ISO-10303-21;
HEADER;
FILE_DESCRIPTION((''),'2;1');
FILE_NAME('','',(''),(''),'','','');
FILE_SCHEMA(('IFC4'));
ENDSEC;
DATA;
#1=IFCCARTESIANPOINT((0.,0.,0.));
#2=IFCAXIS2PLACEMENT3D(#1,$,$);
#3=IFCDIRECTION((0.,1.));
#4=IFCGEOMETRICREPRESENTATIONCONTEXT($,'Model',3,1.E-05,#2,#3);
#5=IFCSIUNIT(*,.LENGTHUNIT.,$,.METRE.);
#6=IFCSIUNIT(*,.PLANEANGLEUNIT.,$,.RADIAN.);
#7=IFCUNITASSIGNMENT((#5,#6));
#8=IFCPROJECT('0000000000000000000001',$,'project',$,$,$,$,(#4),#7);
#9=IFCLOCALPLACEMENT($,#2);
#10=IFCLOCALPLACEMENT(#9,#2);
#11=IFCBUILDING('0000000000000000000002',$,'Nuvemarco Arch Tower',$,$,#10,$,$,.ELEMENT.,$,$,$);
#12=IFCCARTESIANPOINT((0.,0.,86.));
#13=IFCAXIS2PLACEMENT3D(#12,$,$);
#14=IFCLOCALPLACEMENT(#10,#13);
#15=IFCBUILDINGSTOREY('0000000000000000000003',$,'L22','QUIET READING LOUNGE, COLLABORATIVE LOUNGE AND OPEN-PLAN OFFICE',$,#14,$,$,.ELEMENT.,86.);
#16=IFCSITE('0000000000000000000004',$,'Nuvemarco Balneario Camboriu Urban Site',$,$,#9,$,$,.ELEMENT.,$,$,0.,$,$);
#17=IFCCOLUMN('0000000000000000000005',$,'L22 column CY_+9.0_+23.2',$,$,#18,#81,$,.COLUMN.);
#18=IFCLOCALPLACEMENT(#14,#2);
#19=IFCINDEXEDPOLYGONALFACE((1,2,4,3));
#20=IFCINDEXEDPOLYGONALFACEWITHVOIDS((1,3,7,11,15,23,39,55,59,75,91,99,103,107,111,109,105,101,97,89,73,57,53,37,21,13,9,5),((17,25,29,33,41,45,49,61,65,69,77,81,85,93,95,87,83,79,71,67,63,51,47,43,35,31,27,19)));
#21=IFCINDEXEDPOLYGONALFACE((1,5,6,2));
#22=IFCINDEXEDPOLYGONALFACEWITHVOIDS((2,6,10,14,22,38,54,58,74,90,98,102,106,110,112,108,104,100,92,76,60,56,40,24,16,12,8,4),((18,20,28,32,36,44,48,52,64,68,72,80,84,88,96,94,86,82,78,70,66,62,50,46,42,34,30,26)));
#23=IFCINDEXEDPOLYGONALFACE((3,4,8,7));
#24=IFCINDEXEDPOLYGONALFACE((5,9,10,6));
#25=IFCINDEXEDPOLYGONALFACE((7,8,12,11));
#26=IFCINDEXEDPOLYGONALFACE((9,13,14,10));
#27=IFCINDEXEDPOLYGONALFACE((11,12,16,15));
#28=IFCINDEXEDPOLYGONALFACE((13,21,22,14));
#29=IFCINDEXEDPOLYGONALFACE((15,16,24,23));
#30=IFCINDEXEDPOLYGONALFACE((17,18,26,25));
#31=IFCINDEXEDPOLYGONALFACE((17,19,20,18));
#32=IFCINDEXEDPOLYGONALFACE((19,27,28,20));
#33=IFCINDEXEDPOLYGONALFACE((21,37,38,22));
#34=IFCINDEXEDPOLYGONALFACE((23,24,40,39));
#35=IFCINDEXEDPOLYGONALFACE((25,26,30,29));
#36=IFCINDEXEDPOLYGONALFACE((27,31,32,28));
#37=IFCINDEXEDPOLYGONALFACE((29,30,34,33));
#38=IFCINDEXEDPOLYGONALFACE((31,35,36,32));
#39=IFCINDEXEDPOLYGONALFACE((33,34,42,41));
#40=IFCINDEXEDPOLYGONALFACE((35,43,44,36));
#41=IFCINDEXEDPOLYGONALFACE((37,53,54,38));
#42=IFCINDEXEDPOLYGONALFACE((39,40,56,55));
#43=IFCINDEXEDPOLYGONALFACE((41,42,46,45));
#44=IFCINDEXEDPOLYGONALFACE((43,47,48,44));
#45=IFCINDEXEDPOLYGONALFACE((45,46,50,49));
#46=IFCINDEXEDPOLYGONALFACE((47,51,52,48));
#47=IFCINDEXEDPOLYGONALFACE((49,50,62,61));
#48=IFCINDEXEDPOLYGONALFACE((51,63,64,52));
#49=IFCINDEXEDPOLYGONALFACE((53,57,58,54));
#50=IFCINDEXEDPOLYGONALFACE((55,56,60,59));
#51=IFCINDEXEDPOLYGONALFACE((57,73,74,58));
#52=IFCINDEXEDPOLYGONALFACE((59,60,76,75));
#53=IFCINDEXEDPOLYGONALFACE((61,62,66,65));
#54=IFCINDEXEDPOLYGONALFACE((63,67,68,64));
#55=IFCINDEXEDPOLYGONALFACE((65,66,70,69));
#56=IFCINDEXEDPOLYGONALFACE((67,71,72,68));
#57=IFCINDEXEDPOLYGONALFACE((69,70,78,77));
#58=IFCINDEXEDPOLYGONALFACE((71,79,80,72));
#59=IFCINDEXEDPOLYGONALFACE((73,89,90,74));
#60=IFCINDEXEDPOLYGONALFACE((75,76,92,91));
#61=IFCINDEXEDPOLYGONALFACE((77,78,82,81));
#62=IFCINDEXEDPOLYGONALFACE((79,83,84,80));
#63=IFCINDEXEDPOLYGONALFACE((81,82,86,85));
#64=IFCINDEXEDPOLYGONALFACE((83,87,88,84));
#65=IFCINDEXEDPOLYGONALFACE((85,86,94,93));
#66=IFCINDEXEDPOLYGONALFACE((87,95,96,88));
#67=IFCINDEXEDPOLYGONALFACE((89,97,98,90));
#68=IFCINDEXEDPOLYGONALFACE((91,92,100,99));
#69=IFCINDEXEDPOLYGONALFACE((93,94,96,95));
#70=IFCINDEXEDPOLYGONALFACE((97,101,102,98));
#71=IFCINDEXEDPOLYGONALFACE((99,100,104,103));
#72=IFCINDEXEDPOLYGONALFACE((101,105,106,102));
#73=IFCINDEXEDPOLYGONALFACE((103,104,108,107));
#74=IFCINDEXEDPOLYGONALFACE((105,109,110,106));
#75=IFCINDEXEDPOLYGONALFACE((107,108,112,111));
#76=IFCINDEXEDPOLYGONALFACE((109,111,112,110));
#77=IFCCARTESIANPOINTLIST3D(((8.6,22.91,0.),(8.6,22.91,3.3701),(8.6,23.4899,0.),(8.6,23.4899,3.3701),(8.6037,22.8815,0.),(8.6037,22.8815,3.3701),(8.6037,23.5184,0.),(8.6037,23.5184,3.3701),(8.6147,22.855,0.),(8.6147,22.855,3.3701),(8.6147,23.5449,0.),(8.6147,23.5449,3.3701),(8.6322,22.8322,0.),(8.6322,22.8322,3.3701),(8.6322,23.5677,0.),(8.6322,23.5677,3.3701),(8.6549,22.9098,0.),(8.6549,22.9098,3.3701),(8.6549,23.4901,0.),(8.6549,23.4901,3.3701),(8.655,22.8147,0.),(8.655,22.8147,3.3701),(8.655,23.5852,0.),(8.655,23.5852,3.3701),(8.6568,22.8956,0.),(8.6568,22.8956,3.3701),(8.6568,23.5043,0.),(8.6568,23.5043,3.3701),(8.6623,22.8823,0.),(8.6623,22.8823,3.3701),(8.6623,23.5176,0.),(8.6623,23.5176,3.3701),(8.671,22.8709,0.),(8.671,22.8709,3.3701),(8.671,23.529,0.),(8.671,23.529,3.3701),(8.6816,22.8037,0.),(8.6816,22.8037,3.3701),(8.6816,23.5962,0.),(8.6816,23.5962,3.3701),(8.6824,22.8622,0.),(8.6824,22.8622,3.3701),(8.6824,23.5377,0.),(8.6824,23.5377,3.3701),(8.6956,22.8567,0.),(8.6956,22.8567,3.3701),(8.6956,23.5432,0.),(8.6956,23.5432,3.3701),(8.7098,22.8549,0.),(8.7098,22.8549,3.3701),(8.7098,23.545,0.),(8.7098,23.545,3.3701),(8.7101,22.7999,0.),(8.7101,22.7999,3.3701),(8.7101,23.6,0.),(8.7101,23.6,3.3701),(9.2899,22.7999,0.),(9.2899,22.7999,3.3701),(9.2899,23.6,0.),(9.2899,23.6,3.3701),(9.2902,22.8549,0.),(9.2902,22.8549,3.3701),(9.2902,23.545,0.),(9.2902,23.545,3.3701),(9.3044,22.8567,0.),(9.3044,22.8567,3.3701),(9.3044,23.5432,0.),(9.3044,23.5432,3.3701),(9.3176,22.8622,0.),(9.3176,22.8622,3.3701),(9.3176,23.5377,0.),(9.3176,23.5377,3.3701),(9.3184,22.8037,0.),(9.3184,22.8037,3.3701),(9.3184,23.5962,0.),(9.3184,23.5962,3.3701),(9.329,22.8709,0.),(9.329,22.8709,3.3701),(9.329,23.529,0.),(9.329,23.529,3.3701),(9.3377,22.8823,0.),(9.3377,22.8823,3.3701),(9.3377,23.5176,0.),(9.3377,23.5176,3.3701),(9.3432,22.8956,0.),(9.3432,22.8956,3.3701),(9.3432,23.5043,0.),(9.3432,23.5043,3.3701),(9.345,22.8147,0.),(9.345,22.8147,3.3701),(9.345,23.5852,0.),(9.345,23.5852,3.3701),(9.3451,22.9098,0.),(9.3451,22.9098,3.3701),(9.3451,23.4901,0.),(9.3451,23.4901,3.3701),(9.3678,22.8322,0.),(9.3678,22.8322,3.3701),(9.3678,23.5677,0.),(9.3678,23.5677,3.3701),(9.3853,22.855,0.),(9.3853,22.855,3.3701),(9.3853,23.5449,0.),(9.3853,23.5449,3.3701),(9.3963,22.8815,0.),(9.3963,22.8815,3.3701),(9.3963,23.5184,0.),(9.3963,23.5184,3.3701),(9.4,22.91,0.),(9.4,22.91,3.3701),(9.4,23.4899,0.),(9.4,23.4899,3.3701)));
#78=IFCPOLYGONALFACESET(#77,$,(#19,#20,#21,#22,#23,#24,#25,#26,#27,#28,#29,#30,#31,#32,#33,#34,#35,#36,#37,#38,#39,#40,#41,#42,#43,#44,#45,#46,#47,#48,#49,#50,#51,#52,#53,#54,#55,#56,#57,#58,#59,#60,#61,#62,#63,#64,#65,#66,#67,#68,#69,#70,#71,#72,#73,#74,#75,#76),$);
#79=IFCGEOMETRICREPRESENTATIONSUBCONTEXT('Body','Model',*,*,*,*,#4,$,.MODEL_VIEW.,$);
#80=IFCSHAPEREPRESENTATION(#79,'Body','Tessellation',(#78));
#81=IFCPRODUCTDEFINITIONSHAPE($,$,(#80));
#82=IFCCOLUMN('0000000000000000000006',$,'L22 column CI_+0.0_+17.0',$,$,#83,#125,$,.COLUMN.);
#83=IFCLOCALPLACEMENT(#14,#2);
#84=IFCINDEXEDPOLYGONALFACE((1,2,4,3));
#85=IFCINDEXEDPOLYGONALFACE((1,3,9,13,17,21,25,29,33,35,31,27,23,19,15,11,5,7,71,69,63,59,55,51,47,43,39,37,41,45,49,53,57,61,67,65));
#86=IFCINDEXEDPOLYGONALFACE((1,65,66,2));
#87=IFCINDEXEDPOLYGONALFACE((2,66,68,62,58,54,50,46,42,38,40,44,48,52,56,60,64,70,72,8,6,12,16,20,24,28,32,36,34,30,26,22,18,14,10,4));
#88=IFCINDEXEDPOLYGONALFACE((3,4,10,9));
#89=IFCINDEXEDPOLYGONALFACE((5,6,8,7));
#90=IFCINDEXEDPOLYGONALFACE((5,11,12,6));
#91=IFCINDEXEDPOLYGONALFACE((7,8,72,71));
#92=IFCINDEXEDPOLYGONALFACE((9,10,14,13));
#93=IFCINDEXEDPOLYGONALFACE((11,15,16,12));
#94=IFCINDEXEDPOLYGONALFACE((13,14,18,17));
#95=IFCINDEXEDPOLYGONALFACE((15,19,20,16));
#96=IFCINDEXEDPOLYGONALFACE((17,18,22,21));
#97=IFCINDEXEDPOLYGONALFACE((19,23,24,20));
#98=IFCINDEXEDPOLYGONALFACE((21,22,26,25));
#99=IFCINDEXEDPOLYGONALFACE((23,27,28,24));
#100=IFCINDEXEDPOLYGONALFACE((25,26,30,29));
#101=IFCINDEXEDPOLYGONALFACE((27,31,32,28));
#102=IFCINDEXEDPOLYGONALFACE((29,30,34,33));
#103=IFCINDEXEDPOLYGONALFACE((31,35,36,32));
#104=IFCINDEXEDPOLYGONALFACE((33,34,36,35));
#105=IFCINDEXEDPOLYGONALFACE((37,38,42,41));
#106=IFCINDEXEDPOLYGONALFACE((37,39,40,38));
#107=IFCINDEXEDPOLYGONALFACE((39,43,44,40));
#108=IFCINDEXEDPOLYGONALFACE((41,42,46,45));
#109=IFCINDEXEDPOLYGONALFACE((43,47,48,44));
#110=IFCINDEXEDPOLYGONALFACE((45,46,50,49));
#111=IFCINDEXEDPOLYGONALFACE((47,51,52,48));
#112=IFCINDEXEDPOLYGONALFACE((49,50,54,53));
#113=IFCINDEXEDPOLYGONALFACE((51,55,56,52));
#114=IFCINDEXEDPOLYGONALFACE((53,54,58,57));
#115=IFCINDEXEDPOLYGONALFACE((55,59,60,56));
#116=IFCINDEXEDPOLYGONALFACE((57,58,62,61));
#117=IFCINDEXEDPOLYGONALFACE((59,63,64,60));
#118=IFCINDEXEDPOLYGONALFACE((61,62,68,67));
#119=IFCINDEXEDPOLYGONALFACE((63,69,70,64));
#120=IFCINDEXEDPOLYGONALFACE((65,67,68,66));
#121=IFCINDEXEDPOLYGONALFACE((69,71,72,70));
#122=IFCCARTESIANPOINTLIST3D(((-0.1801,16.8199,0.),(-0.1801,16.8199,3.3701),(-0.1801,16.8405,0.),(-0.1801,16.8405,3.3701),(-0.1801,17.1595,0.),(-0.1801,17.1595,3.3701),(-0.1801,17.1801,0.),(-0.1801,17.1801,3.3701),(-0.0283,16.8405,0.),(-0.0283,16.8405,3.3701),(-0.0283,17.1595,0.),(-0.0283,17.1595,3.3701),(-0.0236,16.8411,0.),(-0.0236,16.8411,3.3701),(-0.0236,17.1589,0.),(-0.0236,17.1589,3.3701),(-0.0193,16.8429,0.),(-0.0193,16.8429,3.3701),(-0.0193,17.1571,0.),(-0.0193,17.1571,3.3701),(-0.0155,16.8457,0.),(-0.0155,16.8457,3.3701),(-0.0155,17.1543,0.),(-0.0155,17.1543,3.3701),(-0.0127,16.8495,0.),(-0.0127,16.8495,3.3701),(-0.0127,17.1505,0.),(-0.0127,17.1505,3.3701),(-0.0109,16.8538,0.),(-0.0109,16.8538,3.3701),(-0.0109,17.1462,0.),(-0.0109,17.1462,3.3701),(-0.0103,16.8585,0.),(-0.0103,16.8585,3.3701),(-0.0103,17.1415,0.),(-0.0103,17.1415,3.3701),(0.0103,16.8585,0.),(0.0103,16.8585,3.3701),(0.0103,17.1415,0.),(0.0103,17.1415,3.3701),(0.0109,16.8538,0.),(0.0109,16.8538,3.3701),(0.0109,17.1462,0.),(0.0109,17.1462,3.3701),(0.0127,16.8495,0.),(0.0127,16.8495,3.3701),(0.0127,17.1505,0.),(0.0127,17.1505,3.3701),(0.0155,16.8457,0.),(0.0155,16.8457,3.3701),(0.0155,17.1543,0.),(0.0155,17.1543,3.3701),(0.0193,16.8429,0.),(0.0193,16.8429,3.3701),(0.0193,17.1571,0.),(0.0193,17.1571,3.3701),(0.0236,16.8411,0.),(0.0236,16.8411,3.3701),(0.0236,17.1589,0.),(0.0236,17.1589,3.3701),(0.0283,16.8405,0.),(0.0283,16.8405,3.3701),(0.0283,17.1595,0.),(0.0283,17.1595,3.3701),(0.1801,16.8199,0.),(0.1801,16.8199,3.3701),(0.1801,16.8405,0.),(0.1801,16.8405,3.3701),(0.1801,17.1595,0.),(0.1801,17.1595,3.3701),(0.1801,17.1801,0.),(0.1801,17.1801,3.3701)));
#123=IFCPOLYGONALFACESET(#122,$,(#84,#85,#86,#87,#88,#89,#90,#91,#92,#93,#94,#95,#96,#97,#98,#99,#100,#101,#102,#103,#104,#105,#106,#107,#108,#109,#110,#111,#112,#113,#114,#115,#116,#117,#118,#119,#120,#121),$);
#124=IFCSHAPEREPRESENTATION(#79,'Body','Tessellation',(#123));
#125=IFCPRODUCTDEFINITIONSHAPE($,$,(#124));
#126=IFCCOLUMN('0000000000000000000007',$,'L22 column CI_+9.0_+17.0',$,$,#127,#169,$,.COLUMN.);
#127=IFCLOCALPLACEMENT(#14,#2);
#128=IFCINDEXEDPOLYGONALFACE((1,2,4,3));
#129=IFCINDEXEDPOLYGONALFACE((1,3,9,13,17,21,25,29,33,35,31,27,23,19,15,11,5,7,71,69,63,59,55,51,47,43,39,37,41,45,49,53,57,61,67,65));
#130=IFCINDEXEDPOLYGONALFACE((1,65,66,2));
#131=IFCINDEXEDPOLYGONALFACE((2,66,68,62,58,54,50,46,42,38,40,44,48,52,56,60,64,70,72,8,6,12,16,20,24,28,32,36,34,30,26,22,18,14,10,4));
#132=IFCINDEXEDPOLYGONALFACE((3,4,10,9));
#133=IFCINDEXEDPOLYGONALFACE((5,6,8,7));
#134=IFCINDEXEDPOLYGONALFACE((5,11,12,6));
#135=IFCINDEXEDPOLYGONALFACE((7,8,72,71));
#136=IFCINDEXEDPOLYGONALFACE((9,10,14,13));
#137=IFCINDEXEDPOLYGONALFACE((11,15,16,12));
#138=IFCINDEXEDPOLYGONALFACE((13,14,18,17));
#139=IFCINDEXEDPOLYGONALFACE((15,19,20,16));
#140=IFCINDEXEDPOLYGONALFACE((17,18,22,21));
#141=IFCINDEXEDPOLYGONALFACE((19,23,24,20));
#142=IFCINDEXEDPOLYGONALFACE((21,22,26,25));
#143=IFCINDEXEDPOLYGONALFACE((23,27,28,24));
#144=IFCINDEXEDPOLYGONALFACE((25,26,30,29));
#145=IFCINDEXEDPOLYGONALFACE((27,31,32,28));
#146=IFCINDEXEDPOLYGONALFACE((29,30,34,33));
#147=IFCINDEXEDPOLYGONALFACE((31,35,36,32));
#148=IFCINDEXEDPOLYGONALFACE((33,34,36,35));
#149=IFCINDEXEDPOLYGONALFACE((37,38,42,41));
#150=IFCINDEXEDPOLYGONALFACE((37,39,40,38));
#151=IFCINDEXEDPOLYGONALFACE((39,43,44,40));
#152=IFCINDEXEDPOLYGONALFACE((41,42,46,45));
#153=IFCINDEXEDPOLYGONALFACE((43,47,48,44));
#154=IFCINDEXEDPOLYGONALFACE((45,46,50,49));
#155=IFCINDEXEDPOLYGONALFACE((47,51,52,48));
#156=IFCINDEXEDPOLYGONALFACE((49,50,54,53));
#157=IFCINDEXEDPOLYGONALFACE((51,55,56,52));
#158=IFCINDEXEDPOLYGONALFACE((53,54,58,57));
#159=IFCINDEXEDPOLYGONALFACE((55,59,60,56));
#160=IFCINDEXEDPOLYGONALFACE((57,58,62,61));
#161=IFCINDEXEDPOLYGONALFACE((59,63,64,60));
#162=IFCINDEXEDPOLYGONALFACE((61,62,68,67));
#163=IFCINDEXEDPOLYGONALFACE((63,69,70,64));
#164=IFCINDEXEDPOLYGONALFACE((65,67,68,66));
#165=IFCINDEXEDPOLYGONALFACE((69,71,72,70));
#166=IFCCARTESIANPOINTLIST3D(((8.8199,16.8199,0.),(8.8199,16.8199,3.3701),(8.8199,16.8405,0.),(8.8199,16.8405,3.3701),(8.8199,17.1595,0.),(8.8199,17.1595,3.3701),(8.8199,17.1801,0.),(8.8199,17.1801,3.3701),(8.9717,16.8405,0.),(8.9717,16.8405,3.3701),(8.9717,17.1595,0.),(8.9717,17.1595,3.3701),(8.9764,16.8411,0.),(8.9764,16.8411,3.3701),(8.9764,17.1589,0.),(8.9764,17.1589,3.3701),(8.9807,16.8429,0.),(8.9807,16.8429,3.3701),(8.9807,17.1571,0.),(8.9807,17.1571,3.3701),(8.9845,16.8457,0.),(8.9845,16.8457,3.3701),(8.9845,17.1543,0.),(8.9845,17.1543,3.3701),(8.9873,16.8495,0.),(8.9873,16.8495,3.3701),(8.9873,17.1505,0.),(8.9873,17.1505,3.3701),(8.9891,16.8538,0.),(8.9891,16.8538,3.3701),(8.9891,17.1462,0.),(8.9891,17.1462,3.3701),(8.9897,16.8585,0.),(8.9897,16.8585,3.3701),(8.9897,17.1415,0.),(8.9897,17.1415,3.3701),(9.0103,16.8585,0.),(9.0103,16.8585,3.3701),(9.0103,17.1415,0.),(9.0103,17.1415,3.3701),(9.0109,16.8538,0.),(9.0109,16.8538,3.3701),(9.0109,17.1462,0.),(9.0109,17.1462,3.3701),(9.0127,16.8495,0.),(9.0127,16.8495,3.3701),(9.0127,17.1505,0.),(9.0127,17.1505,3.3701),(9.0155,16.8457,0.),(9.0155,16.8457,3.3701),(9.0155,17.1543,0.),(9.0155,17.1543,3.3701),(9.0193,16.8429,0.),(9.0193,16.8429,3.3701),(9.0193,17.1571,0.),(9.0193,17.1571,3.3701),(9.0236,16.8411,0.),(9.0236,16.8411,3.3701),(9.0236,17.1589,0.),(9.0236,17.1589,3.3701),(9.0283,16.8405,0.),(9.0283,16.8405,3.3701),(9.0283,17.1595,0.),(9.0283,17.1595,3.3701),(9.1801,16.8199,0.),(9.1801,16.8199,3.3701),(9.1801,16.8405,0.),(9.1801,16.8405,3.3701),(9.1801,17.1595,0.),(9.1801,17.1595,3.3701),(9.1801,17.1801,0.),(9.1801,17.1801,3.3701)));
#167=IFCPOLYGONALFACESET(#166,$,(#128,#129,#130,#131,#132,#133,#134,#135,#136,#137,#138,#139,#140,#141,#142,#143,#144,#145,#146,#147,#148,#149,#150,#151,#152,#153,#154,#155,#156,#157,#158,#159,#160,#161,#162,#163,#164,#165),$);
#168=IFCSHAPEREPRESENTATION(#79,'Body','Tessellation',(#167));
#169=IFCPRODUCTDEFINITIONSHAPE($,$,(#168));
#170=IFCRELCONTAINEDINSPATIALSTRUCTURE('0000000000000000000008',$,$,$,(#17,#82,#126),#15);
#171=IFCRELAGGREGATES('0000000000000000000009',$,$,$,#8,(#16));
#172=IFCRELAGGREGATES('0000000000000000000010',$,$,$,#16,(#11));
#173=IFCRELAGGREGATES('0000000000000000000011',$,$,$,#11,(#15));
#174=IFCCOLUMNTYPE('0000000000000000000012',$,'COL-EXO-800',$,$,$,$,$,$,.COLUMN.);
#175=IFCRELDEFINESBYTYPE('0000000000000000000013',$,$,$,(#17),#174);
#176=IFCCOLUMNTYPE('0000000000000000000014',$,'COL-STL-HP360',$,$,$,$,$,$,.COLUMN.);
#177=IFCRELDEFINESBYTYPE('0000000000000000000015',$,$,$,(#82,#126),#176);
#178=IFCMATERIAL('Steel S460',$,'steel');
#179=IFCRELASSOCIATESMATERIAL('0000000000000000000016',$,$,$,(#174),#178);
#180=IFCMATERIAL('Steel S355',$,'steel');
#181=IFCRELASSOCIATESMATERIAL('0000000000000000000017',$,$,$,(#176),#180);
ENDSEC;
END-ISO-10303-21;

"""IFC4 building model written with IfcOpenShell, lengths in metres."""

from ifc_helpers import new_model, si_unit, direction, frame, origin, origin_2d, place, context, subcontext, project, spatial, hollow_rectangle, i_section, extrude, material, material_profile, profile_set, type_object, element, save


model = new_model("IFC4")

# Units and contexts
model_context = context("Model", 3, precision=1e-05, world=origin(), true_north=direction((0.0, 1.0)))
body_context = subcontext(model_context, "Body", "Model", "MODEL_VIEW")
ifc_project = project(units=[si_unit("LENGTHUNIT", "METRE"), si_unit("PLANEANGLEUNIT", "RADIAN")], contexts=[model_context])

# Site, building, storey
site_placement = place(None, origin())
site = spatial("IfcSite", under=ifc_project, at=site_placement, Name="Nuvemarco Balneario Camboriu Urban Site", CompositionType="ELEMENT", RefElevation=0.0)
building_placement = place(site_placement, origin())
building = spatial("IfcBuilding", under=site, at=building_placement, Name="Nuvemarco Arch Tower", CompositionType="ELEMENT")
storey_placement = place(building_placement, frame((0.0, 0.0, 86.0)))
storey = spatial("IfcBuildingStorey", under=building, at=storey_placement, Name="L22", Description="QUIET READING LOUNGE, COLLABORATIVE LOUNGE AND OPEN-PLAN OFFICE", CompositionType="ELEMENT", Elevation=86.0)

# Columns
ifc_material_1 = material(Name="Steel S460", Category="steel")
ifc_material_profile_1 = material_profile(ifc_material_1, hollow_rectangle(XDim=0.8, YDim=0.8, WallThickness=0.0549, InnerFilletRadius=0.0549, OuterFilletRadius=0.1101, at=origin_2d()), Name="SHS800x800x55")
ifc_profile_set_1 = profile_set([ifc_material_profile_1], Name="Steel S460")
column_type_1 = type_object("IfcColumnType", Name="COL-EXO-800", PredefinedType="COLUMN", material=ifc_profile_set_1)
column_placement = place(storey_placement, frame((9.0, 23.2, 0.0), z_axis=(0.0, 0.0, 1.0), x_axis=(1.0, 0.0, 0.0)))
element("IfcColumn", 1, at=column_placement, inside=storey, type_object=column_type_1, Name="L22 column CY_+9.0_+23.2", PredefinedType="COLUMN", context=body_context, shape_type="SweptSolid", body=[
    extrude(hollow_rectangle(XDim=0.8, YDim=0.8, WallThickness=0.0549, InnerFilletRadius=0.0549, OuterFilletRadius=0.1101, at=origin_2d()), origin(), (0.0, 0.0, 1.0), 3.3701),
])
ifc_material_2 = material(Name="Steel S355", Category="steel")
ifc_material_profile_2 = material_profile(ifc_material_2, i_section(OverallWidth=0.3601, OverallDepth=0.3601, WebThickness=0.0205, FlangeThickness=0.0205, FilletRadius=0.0181, at=origin_2d()), Name="HP360x174")
ifc_profile_set_2 = profile_set([ifc_material_profile_2], Name="Steel S355")
column_type_2 = type_object("IfcColumnType", Name="COL-STL-HP360", PredefinedType="COLUMN", material=ifc_profile_set_2)
for number, where, z_axis, x_axis, name in (
    (2, (0.0, 17.0, 0.0), (0.0, 0.0, 1.0), (1.0, 0.0, 0.0), "L22 column CI_+0.0_+17.0"),
    (3, (9.0, 17.0, 0.0), (0.0, 0.0, 1.0), (1.0, 0.0, 0.0), "L22 column CI_+9.0_+17.0"),
):
    element("IfcColumn", number, at=place(storey_placement, frame(where, z_axis=z_axis, x_axis=x_axis)), inside=storey, type_object=column_type_2, Name=name, PredefinedType="COLUMN", context=body_context, shape_type="SweptSolid", body=[
        extrude(i_section(OverallWidth=0.3601, OverallDepth=0.3601, WebThickness=0.0205, FlangeThickness=0.0205, FilletRadius=0.0181, at=origin_2d()), origin(), (0.0, 0.0, 1.0), 3.3701),
    ])

save(model, "model.ifc")
